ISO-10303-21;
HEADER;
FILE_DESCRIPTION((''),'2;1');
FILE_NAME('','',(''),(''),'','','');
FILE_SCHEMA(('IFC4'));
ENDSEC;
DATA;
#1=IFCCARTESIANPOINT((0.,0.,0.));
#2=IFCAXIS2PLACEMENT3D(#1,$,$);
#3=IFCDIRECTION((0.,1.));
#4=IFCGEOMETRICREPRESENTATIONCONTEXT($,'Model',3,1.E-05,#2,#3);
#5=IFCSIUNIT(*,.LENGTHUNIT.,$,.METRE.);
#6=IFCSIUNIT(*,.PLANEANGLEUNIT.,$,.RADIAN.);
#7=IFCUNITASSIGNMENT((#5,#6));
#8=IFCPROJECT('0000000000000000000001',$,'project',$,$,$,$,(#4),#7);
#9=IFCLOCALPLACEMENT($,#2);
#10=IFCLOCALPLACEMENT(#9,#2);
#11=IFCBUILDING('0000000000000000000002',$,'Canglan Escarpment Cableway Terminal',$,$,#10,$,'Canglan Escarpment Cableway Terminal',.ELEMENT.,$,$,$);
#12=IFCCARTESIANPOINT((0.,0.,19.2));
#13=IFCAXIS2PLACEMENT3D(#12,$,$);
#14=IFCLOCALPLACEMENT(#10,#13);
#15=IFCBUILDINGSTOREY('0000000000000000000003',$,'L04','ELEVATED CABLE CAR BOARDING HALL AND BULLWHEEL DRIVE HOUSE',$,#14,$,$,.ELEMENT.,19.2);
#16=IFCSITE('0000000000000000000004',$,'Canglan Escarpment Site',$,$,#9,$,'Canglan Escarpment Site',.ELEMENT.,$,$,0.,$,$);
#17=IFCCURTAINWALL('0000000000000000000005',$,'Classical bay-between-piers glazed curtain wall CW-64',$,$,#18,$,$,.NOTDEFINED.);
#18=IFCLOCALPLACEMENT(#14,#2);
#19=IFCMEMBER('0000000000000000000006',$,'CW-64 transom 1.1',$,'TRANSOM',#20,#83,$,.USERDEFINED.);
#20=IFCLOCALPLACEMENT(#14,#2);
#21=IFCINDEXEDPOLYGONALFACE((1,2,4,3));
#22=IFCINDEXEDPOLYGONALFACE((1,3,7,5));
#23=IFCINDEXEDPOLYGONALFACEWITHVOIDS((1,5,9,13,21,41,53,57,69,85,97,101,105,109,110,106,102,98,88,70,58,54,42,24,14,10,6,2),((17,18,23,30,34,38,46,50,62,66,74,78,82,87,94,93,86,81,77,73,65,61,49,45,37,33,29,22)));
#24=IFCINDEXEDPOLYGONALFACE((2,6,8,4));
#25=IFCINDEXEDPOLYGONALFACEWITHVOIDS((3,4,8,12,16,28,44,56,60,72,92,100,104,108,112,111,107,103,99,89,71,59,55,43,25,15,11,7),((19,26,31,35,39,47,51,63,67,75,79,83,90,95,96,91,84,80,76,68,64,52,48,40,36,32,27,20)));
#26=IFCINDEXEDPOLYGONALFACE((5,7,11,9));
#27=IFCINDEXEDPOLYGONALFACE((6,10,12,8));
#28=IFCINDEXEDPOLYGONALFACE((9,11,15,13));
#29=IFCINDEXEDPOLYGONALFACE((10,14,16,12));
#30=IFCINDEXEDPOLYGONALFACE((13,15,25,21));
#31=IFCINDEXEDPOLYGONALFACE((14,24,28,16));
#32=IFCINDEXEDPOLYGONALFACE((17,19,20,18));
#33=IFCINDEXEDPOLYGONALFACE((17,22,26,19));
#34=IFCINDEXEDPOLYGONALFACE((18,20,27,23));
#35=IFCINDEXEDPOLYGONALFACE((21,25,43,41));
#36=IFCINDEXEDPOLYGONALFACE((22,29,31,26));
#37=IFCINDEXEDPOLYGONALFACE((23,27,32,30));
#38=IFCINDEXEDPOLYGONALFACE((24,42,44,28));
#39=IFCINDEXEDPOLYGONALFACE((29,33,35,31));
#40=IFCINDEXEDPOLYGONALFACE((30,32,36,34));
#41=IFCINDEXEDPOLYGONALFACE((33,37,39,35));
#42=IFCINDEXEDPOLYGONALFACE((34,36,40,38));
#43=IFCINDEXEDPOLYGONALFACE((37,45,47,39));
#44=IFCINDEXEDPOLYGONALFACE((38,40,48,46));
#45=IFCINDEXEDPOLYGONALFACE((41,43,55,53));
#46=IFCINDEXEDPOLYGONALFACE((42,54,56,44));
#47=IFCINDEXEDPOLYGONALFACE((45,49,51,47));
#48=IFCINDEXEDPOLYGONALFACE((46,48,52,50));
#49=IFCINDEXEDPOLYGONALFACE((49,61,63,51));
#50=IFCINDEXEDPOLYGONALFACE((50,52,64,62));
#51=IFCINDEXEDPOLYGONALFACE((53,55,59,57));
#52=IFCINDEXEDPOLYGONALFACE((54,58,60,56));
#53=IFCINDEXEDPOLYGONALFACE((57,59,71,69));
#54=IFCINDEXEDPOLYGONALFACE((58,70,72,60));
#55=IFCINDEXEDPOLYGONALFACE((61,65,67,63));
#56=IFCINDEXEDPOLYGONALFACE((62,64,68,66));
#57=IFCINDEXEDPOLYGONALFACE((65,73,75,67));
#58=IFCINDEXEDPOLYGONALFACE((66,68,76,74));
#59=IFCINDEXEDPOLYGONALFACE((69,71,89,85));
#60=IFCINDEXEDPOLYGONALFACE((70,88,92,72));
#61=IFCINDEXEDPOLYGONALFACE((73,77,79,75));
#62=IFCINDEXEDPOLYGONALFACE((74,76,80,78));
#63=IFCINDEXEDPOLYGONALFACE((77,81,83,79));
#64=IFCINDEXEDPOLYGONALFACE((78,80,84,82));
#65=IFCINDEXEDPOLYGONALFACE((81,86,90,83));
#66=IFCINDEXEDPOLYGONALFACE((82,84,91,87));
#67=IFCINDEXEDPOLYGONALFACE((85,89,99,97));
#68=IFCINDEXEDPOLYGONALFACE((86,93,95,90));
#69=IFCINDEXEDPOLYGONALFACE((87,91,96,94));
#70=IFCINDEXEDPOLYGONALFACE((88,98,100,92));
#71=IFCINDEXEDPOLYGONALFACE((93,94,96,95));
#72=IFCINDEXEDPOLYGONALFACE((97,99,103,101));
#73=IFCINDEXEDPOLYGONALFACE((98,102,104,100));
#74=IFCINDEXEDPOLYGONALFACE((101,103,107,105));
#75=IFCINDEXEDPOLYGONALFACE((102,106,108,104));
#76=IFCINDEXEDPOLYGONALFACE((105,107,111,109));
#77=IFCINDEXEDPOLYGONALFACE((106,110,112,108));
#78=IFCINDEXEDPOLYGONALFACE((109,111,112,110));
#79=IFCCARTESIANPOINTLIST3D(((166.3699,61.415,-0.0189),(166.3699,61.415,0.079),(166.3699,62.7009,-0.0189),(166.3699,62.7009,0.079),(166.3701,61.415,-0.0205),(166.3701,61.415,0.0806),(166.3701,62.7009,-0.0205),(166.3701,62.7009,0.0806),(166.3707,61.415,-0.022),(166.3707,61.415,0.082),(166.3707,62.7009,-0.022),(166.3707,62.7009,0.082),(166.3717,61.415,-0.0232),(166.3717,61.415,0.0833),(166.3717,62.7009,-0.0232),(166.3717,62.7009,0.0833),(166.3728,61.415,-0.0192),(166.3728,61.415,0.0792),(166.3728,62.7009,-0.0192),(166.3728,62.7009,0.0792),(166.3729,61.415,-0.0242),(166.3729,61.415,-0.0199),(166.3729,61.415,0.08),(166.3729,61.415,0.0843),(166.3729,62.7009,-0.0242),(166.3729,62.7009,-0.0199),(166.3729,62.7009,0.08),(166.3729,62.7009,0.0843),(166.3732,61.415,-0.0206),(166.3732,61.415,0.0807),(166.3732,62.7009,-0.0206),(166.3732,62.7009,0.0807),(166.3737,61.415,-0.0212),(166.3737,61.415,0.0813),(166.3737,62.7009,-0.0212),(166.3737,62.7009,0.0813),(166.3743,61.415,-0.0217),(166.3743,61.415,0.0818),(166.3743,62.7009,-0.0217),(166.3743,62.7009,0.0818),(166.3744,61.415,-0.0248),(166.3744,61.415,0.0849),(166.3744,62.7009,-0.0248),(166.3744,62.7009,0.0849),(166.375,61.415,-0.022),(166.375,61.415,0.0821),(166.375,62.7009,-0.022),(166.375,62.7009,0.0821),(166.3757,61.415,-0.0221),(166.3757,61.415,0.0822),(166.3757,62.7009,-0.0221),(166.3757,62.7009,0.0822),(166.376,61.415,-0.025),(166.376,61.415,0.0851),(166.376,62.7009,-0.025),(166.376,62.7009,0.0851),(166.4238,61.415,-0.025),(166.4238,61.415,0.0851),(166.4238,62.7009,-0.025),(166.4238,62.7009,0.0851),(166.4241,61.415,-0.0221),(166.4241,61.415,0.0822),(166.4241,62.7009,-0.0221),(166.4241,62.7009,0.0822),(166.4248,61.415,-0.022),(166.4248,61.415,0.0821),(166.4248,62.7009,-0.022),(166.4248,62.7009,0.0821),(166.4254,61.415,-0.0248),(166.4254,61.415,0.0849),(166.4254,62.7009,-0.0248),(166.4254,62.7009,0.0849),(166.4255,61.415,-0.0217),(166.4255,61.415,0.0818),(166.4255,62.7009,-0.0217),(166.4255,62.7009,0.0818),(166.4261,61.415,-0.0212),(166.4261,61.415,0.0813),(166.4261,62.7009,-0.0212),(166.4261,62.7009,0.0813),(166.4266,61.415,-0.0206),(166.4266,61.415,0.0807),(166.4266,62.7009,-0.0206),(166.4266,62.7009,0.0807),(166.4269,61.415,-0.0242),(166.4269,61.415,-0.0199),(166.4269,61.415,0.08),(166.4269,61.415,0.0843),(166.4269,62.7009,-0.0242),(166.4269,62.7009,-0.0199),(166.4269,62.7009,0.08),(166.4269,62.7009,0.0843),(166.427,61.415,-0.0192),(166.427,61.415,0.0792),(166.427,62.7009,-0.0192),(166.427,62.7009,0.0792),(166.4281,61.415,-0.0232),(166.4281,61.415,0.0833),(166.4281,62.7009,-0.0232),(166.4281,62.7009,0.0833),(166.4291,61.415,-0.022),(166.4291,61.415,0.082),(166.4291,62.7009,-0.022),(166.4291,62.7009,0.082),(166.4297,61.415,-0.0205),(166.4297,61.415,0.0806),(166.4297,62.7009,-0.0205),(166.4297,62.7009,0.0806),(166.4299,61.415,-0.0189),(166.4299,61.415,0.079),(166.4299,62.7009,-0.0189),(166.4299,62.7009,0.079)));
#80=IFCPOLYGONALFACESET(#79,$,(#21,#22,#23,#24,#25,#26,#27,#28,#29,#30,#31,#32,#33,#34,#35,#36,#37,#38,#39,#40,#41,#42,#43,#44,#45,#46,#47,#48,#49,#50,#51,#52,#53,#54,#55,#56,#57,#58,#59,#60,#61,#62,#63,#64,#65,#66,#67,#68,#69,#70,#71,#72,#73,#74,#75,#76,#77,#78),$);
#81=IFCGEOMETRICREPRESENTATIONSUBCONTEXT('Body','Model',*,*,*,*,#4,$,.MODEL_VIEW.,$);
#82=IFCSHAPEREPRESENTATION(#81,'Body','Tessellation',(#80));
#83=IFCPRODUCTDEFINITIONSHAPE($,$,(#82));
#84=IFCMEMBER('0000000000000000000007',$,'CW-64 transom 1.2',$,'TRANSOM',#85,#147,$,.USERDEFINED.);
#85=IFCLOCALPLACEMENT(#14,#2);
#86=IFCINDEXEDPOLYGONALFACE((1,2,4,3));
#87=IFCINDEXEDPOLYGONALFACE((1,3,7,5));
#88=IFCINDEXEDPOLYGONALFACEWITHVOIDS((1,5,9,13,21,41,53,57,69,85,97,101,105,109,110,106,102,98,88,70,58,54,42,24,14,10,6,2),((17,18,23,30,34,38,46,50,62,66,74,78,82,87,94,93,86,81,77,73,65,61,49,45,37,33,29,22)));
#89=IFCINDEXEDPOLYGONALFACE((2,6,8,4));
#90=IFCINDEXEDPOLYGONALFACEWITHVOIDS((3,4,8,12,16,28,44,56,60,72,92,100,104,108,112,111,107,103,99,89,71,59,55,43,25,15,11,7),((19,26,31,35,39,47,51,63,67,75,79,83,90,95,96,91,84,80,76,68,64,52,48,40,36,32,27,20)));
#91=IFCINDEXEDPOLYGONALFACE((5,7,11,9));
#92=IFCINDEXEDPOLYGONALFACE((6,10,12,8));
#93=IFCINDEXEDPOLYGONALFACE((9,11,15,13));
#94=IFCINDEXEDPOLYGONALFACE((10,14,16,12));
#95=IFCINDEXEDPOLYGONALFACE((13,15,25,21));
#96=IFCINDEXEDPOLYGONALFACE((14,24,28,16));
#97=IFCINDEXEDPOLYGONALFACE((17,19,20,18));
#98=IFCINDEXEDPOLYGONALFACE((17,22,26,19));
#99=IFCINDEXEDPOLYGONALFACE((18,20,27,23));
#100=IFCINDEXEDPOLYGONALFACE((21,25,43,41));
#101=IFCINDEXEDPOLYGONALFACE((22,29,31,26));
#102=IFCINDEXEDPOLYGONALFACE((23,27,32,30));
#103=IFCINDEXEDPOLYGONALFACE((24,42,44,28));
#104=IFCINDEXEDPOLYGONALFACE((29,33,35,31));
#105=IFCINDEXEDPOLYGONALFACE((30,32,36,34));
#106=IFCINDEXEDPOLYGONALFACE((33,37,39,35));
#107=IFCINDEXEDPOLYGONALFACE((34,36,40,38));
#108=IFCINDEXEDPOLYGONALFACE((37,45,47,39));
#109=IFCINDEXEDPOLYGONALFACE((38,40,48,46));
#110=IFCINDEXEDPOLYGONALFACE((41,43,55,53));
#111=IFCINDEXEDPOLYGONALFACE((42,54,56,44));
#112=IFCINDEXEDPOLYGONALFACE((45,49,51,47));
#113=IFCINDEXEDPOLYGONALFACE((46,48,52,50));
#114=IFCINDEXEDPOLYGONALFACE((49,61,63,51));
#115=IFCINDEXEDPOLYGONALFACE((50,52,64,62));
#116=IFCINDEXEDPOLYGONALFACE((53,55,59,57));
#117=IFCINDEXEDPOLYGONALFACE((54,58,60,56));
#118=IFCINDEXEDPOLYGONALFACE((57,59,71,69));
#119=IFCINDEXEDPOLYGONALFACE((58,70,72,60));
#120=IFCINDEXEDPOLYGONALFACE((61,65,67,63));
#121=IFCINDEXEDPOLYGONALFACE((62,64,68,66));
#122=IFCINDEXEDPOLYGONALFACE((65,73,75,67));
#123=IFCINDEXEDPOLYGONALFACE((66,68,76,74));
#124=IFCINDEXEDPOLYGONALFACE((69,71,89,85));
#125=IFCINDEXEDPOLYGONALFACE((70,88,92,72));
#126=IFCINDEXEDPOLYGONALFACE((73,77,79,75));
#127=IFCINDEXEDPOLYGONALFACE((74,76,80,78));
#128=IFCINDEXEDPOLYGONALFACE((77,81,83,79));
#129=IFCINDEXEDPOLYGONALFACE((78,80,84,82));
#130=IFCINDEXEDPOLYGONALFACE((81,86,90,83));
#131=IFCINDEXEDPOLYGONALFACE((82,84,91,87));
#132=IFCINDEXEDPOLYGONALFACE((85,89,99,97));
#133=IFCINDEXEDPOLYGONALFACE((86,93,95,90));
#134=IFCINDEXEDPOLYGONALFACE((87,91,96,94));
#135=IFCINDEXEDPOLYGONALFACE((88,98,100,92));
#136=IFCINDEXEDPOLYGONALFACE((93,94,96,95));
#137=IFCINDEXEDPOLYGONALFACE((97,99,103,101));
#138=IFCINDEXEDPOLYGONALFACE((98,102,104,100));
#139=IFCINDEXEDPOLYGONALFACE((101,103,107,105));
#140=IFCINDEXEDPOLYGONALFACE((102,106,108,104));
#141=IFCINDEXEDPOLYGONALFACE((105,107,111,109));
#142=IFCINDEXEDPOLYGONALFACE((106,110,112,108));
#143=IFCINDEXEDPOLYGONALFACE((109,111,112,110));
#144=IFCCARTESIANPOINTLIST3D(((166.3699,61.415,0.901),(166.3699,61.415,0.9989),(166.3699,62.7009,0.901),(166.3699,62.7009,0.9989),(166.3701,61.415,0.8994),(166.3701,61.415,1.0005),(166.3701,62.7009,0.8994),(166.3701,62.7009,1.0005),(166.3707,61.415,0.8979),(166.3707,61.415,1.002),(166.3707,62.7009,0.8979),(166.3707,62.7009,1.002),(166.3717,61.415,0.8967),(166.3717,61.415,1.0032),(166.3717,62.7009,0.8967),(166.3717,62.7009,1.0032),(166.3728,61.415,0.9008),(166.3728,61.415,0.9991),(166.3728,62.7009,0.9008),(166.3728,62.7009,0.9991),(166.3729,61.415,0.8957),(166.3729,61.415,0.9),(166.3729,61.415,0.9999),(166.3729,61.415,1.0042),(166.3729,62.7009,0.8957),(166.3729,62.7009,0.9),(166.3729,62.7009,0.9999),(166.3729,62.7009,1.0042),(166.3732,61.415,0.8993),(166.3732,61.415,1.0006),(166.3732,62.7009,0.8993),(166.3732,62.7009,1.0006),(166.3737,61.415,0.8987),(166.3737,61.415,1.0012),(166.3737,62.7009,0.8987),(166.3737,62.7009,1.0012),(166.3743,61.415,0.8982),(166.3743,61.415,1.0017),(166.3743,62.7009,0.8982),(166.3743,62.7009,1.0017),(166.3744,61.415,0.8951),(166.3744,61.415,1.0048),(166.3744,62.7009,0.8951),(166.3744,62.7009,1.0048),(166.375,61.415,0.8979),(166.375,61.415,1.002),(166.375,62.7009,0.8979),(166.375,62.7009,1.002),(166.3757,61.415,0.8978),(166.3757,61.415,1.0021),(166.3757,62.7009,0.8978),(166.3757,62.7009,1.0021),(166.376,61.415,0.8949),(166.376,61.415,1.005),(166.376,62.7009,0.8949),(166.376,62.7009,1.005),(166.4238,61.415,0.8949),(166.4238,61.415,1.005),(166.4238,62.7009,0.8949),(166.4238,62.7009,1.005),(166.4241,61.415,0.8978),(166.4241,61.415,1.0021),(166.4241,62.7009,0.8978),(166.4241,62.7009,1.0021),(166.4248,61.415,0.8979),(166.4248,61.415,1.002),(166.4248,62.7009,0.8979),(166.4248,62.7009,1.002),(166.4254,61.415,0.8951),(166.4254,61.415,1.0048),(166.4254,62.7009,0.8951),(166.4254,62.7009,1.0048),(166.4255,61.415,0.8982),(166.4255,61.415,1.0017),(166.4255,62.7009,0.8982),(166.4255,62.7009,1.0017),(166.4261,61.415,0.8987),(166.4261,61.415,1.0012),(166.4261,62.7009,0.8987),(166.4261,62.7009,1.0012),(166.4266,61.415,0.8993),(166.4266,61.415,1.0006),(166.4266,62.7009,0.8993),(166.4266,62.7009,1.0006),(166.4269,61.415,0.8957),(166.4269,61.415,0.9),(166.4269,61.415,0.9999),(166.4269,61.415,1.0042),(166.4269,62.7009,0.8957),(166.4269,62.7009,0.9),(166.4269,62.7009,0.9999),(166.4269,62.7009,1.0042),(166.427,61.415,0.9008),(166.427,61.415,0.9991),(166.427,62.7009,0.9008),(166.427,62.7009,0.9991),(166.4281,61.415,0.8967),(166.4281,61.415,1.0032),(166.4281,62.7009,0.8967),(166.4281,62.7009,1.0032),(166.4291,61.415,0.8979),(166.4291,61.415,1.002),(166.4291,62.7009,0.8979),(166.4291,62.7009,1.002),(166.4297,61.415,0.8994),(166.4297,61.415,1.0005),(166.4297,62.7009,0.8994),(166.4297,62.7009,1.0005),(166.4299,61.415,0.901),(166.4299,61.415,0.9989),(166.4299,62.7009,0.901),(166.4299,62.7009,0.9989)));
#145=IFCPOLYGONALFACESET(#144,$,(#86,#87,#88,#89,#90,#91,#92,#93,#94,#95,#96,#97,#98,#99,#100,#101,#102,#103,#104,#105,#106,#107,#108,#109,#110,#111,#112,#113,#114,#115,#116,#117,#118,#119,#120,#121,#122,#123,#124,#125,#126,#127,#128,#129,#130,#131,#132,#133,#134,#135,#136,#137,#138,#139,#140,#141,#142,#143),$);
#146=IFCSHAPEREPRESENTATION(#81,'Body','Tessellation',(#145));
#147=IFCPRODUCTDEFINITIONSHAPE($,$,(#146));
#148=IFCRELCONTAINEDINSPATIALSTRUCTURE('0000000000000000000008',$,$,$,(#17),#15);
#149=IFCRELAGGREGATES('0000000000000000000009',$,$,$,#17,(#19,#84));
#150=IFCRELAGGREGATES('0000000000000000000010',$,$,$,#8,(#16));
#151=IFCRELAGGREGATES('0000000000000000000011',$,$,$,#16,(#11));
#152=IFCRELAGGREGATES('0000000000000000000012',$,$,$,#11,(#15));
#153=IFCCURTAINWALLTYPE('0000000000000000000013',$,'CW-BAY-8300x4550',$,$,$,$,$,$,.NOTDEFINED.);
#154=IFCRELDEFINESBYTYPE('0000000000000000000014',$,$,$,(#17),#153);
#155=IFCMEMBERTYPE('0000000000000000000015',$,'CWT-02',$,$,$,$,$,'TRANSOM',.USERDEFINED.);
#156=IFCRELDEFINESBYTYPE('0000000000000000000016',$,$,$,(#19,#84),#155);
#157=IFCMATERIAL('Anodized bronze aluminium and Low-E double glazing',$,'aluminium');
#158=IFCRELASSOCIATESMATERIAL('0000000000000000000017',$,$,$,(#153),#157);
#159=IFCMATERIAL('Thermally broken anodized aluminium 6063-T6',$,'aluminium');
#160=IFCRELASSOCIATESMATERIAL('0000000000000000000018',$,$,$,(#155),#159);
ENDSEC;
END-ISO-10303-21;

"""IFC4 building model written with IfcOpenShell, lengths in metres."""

from ifc_helpers import new_model, si_unit, direction, frame, origin, origin_2d, place, context, subcontext, project, spatial, hollow_rectangle, extrude, material, material_profile, profile_set, type_object, element, aggregate, save


model = new_model("IFC4")

# Units and contexts
model_context = context("Model", 3, precision=1e-05, world=origin(), true_north=direction((0.0, 1.0)))
body_context = subcontext(model_context, "Body", "Model", "MODEL_VIEW")
ifc_project = project(units=[si_unit("LENGTHUNIT", "METRE"), si_unit("PLANEANGLEUNIT", "RADIAN")], contexts=[model_context])

# Site, building, storey
site_placement = place(None, origin())
site = spatial("IfcSite", under=ifc_project, at=site_placement, Name="Canglan Escarpment Site", LongName="Canglan Escarpment Site", CompositionType="ELEMENT", RefElevation=0.0)
building_placement = place(site_placement, origin())
building = spatial("IfcBuilding", under=site, at=building_placement, Name="Canglan Escarpment Cableway Terminal", LongName="Canglan Escarpment Cableway Terminal", CompositionType="ELEMENT")
storey_placement = place(building_placement, frame((0.0, 0.0, 19.2)))
storey = spatial("IfcBuildingStorey", under=building, at=storey_placement, Name="L04", Description="ELEVATED CABLE CAR BOARDING HALL AND BULLWHEEL DRIVE HOUSE", CompositionType="ELEMENT", Elevation=19.2)

# Curtain wall
ifc_material_1 = material(Name="Anodized bronze aluminium and Low-E double glazing", Category="aluminium")
curtain_wall_type = type_object("IfcCurtainWallType", Name="CW-BAY-8300x4550", PredefinedType="NOTDEFINED", material=ifc_material_1)
ifc_material_2 = material(Name="Thermally broken anodized aluminium 6063-T6", Category="aluminium")
curtain_wall_1_placement = place(storey_placement, origin())
curtain_wall_1 = element("IfcCurtainWall", 1, at=curtain_wall_1_placement, inside=storey, type_object=curtain_wall_type, Name="Classical bay-between-piers glazed curtain wall CW-64", PredefinedType="NOTDEFINED")

# Members
ifc_material_profile_1 = material_profile(ifc_material_2, hollow_rectangle(XDim=0.0601, YDim=0.1101, WallThickness=0.0029, InnerFilletRadius=0.0029, OuterFilletRadius=0.0061, at=origin_2d()), Name="ALU-TRAN 60x110x3")
ifc_profile_set_1 = profile_set([ifc_material_profile_1], Name="Thermally broken anodized aluminium 6063-T6")
member_type_1 = type_object("IfcMemberType", Name="CWT-02", ElementType="TRANSOM", PredefinedType="USERDEFINED", material=ifc_profile_set_1)
member_1_placement = place(storey_placement, frame((166.3999, 61.415, 0.03), z_axis=(0.0, 1.0, 0.0), x_axis=(-1.0, 0.0, 0.0)))
member_1 = element("IfcMember", 2, at=member_1_placement, type_object=member_type_1, Name="CW-64 transom 1.1", ObjectType="TRANSOM", PredefinedType="USERDEFINED", context=body_context, shape_type="SweptSolid", body=[
    extrude(hollow_rectangle(XDim=0.0601, YDim=0.1101, WallThickness=0.0029, InnerFilletRadius=0.0029, OuterFilletRadius=0.0061, at=origin_2d()), origin(), (0.0, 0.0, 1.0), 1.2859),
])
member_2_placement = place(storey_placement, frame((166.3999, 61.415, 0.95), z_axis=(0.0, 1.0, 0.0), x_axis=(-1.0, 0.0, 0.0)))
member_2 = element("IfcMember", 3, at=member_2_placement, type_object=member_type_1, Name="CW-64 transom 1.2", ObjectType="TRANSOM", PredefinedType="USERDEFINED", context=body_context, shape_type="SweptSolid", body=[
    extrude(hollow_rectangle(XDim=0.0601, YDim=0.1101, WallThickness=0.0029, InnerFilletRadius=0.0029, OuterFilletRadius=0.0061, at=origin_2d()), origin(), (0.0, 0.0, 1.0), 1.2859),
])

aggregate(curtain_wall_1, [member_1, member_2])

save(model, "model.ifc")
